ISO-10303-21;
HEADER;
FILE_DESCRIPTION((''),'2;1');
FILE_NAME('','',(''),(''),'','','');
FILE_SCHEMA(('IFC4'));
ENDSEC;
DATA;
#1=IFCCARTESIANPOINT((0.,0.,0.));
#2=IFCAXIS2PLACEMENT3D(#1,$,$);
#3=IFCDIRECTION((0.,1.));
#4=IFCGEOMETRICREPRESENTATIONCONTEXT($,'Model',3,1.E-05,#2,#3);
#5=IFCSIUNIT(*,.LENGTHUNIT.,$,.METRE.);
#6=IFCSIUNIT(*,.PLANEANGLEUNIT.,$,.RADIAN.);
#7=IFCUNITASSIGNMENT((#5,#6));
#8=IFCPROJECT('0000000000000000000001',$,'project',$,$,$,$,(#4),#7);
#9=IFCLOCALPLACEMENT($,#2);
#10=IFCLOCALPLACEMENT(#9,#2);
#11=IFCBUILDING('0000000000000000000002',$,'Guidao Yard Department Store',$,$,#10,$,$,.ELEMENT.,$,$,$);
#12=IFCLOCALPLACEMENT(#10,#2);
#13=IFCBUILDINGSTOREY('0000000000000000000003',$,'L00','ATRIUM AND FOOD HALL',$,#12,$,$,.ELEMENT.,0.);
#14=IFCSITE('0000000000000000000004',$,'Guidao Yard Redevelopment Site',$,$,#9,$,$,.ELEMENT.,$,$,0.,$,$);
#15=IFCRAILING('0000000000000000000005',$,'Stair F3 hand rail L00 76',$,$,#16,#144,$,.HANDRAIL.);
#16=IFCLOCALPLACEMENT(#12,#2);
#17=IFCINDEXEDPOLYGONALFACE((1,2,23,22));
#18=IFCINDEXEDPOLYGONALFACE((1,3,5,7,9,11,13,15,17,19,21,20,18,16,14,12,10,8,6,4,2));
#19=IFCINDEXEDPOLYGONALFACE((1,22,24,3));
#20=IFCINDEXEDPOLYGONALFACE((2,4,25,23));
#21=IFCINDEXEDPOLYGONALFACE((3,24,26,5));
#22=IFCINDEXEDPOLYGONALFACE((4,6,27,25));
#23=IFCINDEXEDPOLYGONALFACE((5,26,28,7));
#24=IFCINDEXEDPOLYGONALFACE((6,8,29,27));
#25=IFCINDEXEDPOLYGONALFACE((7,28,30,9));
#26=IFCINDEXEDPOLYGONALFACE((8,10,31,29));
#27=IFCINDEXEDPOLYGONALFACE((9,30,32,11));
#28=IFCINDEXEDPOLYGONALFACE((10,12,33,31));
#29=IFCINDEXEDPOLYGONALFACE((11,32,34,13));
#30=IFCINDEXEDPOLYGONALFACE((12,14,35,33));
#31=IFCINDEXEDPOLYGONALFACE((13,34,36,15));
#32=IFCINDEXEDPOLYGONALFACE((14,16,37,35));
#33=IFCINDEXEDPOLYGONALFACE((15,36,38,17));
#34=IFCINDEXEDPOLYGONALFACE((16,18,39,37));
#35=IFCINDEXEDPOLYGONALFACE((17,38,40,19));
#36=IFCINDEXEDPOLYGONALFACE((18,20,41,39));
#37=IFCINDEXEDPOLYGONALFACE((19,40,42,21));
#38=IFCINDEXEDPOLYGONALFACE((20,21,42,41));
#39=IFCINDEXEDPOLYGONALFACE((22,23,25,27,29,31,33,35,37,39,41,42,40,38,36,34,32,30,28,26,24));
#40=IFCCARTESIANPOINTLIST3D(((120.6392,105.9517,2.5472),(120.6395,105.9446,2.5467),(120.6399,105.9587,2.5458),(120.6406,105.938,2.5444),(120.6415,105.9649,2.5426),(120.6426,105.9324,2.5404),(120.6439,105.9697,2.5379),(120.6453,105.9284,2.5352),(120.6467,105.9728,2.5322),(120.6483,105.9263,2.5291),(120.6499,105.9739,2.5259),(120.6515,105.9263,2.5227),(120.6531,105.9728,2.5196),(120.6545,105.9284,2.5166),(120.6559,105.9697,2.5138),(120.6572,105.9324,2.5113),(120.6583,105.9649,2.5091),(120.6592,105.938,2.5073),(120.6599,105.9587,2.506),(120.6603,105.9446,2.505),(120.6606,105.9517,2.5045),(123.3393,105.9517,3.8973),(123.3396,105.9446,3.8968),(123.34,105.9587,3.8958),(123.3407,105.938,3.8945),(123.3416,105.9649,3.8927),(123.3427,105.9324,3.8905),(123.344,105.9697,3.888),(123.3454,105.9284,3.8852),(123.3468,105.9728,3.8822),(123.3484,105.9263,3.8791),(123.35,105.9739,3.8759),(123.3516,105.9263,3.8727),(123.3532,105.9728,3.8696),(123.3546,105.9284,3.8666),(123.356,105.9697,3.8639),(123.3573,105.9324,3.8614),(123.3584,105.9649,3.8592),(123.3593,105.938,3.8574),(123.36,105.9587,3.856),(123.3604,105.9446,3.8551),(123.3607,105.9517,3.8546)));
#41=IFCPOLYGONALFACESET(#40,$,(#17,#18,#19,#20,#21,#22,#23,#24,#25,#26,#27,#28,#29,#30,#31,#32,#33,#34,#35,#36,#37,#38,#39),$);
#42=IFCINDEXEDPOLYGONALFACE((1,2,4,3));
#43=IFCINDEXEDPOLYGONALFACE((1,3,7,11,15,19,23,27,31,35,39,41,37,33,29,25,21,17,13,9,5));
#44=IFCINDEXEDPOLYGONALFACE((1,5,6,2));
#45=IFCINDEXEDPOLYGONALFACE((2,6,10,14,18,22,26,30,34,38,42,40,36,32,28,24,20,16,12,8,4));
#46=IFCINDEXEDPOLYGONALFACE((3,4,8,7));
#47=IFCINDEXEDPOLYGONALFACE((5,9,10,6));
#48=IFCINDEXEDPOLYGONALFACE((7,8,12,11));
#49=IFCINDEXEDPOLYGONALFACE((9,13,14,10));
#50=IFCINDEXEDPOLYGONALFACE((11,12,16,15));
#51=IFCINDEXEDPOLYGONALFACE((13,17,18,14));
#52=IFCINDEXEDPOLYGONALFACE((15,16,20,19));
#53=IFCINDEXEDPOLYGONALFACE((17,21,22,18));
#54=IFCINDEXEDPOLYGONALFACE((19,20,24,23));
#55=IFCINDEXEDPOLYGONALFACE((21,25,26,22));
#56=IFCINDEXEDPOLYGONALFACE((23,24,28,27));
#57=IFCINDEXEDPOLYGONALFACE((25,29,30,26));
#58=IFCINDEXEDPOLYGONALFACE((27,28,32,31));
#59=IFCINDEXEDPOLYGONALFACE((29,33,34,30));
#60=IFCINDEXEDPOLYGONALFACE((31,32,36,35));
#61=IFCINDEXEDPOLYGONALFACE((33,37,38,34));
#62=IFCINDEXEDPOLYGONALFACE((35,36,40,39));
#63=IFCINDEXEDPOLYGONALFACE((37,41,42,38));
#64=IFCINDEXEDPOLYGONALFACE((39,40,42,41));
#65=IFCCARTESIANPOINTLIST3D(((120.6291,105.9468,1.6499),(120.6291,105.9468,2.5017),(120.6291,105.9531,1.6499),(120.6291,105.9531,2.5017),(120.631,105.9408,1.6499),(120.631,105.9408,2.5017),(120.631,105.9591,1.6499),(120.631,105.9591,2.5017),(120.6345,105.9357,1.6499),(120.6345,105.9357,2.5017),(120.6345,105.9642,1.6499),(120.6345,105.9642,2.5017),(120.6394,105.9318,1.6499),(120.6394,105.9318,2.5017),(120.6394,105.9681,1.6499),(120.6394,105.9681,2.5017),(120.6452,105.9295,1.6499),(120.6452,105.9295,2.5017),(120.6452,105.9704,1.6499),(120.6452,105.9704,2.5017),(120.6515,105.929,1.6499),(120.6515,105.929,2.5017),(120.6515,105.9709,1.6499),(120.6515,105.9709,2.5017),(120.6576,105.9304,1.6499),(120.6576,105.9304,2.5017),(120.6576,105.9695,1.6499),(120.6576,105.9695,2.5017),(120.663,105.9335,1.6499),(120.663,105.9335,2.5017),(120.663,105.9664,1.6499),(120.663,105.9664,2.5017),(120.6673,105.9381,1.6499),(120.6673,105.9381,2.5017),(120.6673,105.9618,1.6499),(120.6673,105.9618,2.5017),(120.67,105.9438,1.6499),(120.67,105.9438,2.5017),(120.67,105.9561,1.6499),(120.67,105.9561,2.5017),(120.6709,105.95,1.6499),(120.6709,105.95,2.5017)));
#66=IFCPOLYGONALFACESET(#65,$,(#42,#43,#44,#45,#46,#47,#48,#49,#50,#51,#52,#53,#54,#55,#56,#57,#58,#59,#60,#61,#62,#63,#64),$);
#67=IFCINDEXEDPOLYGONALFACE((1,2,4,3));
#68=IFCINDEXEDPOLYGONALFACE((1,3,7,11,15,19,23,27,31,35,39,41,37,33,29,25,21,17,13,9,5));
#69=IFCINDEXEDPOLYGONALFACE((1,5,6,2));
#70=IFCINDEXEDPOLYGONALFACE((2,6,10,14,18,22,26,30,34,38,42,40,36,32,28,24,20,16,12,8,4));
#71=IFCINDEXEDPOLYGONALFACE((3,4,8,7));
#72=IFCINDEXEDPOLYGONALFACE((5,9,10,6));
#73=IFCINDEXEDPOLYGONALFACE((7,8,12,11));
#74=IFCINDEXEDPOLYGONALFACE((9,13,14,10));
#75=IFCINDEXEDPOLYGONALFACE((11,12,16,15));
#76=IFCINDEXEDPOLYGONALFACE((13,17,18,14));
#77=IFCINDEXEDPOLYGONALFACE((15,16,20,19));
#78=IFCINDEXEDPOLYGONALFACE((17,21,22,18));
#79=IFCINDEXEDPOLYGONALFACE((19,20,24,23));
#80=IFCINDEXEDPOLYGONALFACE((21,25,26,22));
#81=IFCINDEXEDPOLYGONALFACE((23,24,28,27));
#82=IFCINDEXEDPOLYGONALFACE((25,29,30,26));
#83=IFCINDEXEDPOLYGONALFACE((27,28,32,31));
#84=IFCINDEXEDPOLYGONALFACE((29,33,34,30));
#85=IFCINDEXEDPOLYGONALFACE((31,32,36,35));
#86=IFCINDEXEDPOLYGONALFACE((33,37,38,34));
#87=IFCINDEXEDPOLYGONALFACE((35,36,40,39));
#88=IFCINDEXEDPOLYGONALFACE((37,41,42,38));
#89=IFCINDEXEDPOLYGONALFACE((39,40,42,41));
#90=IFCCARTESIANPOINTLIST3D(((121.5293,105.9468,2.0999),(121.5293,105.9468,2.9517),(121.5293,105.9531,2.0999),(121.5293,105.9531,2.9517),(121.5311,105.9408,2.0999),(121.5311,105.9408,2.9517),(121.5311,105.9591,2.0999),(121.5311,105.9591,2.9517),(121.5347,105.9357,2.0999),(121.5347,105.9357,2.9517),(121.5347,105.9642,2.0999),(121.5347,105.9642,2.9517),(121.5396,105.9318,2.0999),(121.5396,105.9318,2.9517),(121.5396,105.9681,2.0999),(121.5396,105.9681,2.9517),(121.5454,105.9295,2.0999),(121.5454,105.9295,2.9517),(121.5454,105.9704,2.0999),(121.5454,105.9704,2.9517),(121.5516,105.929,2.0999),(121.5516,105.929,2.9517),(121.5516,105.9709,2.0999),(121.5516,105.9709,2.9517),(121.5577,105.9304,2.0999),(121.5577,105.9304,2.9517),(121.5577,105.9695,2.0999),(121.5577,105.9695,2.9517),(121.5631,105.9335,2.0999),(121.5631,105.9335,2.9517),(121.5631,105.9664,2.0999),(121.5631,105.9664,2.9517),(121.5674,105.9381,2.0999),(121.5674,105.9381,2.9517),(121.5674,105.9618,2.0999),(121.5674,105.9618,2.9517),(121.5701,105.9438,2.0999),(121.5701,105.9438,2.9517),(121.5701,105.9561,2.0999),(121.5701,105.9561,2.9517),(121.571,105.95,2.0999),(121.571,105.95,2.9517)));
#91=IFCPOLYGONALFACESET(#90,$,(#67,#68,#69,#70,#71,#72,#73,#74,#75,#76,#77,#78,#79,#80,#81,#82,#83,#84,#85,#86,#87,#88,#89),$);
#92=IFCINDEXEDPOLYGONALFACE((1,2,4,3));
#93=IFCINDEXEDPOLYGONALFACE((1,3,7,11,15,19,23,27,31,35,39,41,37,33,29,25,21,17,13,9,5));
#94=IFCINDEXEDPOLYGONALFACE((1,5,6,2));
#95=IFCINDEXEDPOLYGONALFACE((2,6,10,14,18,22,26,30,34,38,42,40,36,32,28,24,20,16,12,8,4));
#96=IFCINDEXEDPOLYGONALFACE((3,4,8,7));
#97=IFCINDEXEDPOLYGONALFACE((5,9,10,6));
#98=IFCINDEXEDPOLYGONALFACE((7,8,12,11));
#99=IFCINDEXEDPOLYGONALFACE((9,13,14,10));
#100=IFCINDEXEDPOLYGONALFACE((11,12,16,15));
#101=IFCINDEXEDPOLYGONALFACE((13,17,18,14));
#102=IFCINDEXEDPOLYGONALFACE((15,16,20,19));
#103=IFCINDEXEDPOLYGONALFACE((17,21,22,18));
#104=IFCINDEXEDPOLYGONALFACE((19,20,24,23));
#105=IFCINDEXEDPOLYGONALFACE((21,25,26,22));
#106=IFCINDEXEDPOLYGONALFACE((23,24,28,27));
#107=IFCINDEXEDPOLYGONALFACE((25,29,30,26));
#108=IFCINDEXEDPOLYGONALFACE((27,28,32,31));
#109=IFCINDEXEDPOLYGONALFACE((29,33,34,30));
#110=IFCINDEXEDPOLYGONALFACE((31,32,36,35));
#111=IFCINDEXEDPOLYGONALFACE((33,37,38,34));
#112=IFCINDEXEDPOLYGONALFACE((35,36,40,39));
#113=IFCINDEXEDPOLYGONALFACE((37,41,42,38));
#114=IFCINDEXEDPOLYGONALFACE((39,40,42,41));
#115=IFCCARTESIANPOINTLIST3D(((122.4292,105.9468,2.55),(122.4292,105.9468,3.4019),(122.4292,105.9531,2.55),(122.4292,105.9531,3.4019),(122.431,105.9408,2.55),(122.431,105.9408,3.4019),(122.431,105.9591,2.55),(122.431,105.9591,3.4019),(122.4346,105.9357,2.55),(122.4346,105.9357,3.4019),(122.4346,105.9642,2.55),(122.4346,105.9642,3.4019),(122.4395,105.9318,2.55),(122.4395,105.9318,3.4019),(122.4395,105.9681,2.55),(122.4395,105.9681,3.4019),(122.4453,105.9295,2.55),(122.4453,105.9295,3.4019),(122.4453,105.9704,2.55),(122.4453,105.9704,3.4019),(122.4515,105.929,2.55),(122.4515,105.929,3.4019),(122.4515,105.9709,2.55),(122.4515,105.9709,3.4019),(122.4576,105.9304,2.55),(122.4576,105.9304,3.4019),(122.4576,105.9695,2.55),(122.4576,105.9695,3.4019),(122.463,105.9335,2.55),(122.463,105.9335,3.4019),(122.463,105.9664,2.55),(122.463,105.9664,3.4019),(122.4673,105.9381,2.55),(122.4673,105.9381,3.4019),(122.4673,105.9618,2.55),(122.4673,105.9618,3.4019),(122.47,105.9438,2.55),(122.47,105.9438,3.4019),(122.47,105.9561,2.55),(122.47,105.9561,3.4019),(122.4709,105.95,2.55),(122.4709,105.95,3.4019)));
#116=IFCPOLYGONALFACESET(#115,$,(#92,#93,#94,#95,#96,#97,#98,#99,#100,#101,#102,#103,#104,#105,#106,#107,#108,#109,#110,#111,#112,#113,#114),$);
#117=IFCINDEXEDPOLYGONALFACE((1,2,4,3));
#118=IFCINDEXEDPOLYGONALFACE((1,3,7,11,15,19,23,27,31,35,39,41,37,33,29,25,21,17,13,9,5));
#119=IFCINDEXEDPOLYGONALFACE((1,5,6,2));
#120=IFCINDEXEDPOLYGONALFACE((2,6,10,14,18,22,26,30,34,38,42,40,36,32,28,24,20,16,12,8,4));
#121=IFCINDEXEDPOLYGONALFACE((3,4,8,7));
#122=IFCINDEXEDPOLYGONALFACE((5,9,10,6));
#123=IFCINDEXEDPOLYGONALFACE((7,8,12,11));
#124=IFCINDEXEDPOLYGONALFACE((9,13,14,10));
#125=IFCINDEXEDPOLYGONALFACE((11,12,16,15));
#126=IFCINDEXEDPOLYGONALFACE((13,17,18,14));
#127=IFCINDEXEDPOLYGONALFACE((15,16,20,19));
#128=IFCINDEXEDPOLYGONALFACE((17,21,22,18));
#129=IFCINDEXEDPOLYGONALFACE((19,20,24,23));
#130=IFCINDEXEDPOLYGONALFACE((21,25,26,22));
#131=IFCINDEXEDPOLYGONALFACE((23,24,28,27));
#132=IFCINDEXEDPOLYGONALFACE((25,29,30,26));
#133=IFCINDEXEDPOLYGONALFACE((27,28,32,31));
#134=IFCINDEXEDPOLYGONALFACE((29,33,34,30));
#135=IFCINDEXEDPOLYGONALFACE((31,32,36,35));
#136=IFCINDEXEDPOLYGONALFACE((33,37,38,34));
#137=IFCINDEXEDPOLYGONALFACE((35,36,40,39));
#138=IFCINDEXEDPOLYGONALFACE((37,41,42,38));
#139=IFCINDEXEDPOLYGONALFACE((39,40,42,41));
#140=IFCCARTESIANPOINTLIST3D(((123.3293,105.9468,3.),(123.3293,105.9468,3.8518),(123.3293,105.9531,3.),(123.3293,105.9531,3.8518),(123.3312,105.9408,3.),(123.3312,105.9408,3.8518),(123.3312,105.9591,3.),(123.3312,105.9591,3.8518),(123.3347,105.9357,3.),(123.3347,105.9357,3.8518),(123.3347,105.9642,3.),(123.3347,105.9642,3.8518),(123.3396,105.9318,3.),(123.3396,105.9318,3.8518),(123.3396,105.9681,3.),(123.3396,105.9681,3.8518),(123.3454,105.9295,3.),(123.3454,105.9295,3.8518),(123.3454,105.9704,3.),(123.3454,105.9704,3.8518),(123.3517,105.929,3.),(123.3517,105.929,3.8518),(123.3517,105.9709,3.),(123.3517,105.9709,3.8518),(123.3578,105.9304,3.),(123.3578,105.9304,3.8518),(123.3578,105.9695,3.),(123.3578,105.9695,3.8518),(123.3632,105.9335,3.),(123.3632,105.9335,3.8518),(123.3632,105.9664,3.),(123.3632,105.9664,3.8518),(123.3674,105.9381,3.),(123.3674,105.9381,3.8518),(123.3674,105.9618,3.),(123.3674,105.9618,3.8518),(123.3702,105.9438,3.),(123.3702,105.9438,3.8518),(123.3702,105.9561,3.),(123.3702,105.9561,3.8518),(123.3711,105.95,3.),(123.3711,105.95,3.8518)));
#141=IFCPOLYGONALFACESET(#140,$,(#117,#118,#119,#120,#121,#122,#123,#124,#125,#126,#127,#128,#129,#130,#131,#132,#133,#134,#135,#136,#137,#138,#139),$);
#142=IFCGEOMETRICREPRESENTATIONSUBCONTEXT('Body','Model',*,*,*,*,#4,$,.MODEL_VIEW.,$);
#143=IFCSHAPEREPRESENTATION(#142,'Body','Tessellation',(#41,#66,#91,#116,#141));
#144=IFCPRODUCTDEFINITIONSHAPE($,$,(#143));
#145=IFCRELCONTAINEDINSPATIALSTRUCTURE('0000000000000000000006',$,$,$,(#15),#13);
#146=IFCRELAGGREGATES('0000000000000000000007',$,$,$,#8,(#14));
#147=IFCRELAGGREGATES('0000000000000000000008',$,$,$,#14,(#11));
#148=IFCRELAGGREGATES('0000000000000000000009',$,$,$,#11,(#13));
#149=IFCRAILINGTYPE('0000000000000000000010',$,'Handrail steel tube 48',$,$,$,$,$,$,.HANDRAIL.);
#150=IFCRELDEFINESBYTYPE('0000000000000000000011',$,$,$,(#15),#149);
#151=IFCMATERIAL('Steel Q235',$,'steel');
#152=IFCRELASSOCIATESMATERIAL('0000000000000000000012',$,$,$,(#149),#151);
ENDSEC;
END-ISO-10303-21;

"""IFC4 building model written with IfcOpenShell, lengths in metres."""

from ifc_helpers import new_model, si_unit, direction, frame, origin, origin_2d, place, context, subcontext, project, spatial, circle, extrude, material, type_object, element, save


model = new_model("IFC4")

# Units and contexts
model_context = context("Model", 3, precision=1e-05, world=origin(), true_north=direction((0.0, 1.0)))
body_context = subcontext(model_context, "Body", "Model", "MODEL_VIEW")
ifc_project = project(units=[si_unit("LENGTHUNIT", "METRE"), si_unit("PLANEANGLEUNIT", "RADIAN")], contexts=[model_context])

# Site, building, storey
site_placement = place(None, origin())
site = spatial("IfcSite", under=ifc_project, at=site_placement, Name="Guidao Yard Redevelopment Site", CompositionType="ELEMENT", RefElevation=0.0)
building_placement = place(site_placement, origin())
building = spatial("IfcBuilding", under=site, at=building_placement, Name="Guidao Yard Department Store", CompositionType="ELEMENT")
storey_placement = place(building_placement, origin())
storey = spatial("IfcBuildingStorey", under=building, at=storey_placement, Name="L00", Description="ATRIUM AND FOOD HALL", CompositionType="ELEMENT", Elevation=0.0)

# Railing
ifc_material_1 = material(Name="Steel Q235", Category="steel")
railing_type = type_object("IfcRailingType", Name="Handrail steel tube 48", PredefinedType="HANDRAIL", material=ifc_material_1)
for number, where, name in (
    (1, (120.6499, 105.95, 1.6499), "Stair F3 hand rail L00 76"),
):
    element("IfcRailing", number, at=place(storey_placement, frame(where)), inside=storey, type_object=railing_type, Name=name, PredefinedType="HANDRAIL", context=body_context, shape_type="SweptSolid", body=[
        extrude(circle(Radius=0.0239, at=origin_2d()), frame((0.0, 0.0, 0.876), z_axis=(0.894427, 0.0, 0.447214), x_axis=(0.0, 1.0, 0.0)), (0.0, 0.0, 1.0), 3.0188),
        extrude(circle(Radius=0.021, at=origin_2d()), origin(), (0.0, 0.0, 1.0), 0.8518),
        extrude(circle(Radius=0.021, at=origin_2d()), frame((0.9001, 0.0, 0.45)), (0.0, 0.0, 1.0), 0.8518),
        extrude(circle(Radius=0.021, at=origin_2d()), frame((1.8, 0.0, 0.9001)), (0.0, 0.0, 1.0), 0.8518),
        extrude(circle(Radius=0.021, at=origin_2d()), frame((2.7002, 0.0, 1.3501)), (0.0, 0.0, 1.0), 0.8518),
    ])

save(model, "model.ifc")
